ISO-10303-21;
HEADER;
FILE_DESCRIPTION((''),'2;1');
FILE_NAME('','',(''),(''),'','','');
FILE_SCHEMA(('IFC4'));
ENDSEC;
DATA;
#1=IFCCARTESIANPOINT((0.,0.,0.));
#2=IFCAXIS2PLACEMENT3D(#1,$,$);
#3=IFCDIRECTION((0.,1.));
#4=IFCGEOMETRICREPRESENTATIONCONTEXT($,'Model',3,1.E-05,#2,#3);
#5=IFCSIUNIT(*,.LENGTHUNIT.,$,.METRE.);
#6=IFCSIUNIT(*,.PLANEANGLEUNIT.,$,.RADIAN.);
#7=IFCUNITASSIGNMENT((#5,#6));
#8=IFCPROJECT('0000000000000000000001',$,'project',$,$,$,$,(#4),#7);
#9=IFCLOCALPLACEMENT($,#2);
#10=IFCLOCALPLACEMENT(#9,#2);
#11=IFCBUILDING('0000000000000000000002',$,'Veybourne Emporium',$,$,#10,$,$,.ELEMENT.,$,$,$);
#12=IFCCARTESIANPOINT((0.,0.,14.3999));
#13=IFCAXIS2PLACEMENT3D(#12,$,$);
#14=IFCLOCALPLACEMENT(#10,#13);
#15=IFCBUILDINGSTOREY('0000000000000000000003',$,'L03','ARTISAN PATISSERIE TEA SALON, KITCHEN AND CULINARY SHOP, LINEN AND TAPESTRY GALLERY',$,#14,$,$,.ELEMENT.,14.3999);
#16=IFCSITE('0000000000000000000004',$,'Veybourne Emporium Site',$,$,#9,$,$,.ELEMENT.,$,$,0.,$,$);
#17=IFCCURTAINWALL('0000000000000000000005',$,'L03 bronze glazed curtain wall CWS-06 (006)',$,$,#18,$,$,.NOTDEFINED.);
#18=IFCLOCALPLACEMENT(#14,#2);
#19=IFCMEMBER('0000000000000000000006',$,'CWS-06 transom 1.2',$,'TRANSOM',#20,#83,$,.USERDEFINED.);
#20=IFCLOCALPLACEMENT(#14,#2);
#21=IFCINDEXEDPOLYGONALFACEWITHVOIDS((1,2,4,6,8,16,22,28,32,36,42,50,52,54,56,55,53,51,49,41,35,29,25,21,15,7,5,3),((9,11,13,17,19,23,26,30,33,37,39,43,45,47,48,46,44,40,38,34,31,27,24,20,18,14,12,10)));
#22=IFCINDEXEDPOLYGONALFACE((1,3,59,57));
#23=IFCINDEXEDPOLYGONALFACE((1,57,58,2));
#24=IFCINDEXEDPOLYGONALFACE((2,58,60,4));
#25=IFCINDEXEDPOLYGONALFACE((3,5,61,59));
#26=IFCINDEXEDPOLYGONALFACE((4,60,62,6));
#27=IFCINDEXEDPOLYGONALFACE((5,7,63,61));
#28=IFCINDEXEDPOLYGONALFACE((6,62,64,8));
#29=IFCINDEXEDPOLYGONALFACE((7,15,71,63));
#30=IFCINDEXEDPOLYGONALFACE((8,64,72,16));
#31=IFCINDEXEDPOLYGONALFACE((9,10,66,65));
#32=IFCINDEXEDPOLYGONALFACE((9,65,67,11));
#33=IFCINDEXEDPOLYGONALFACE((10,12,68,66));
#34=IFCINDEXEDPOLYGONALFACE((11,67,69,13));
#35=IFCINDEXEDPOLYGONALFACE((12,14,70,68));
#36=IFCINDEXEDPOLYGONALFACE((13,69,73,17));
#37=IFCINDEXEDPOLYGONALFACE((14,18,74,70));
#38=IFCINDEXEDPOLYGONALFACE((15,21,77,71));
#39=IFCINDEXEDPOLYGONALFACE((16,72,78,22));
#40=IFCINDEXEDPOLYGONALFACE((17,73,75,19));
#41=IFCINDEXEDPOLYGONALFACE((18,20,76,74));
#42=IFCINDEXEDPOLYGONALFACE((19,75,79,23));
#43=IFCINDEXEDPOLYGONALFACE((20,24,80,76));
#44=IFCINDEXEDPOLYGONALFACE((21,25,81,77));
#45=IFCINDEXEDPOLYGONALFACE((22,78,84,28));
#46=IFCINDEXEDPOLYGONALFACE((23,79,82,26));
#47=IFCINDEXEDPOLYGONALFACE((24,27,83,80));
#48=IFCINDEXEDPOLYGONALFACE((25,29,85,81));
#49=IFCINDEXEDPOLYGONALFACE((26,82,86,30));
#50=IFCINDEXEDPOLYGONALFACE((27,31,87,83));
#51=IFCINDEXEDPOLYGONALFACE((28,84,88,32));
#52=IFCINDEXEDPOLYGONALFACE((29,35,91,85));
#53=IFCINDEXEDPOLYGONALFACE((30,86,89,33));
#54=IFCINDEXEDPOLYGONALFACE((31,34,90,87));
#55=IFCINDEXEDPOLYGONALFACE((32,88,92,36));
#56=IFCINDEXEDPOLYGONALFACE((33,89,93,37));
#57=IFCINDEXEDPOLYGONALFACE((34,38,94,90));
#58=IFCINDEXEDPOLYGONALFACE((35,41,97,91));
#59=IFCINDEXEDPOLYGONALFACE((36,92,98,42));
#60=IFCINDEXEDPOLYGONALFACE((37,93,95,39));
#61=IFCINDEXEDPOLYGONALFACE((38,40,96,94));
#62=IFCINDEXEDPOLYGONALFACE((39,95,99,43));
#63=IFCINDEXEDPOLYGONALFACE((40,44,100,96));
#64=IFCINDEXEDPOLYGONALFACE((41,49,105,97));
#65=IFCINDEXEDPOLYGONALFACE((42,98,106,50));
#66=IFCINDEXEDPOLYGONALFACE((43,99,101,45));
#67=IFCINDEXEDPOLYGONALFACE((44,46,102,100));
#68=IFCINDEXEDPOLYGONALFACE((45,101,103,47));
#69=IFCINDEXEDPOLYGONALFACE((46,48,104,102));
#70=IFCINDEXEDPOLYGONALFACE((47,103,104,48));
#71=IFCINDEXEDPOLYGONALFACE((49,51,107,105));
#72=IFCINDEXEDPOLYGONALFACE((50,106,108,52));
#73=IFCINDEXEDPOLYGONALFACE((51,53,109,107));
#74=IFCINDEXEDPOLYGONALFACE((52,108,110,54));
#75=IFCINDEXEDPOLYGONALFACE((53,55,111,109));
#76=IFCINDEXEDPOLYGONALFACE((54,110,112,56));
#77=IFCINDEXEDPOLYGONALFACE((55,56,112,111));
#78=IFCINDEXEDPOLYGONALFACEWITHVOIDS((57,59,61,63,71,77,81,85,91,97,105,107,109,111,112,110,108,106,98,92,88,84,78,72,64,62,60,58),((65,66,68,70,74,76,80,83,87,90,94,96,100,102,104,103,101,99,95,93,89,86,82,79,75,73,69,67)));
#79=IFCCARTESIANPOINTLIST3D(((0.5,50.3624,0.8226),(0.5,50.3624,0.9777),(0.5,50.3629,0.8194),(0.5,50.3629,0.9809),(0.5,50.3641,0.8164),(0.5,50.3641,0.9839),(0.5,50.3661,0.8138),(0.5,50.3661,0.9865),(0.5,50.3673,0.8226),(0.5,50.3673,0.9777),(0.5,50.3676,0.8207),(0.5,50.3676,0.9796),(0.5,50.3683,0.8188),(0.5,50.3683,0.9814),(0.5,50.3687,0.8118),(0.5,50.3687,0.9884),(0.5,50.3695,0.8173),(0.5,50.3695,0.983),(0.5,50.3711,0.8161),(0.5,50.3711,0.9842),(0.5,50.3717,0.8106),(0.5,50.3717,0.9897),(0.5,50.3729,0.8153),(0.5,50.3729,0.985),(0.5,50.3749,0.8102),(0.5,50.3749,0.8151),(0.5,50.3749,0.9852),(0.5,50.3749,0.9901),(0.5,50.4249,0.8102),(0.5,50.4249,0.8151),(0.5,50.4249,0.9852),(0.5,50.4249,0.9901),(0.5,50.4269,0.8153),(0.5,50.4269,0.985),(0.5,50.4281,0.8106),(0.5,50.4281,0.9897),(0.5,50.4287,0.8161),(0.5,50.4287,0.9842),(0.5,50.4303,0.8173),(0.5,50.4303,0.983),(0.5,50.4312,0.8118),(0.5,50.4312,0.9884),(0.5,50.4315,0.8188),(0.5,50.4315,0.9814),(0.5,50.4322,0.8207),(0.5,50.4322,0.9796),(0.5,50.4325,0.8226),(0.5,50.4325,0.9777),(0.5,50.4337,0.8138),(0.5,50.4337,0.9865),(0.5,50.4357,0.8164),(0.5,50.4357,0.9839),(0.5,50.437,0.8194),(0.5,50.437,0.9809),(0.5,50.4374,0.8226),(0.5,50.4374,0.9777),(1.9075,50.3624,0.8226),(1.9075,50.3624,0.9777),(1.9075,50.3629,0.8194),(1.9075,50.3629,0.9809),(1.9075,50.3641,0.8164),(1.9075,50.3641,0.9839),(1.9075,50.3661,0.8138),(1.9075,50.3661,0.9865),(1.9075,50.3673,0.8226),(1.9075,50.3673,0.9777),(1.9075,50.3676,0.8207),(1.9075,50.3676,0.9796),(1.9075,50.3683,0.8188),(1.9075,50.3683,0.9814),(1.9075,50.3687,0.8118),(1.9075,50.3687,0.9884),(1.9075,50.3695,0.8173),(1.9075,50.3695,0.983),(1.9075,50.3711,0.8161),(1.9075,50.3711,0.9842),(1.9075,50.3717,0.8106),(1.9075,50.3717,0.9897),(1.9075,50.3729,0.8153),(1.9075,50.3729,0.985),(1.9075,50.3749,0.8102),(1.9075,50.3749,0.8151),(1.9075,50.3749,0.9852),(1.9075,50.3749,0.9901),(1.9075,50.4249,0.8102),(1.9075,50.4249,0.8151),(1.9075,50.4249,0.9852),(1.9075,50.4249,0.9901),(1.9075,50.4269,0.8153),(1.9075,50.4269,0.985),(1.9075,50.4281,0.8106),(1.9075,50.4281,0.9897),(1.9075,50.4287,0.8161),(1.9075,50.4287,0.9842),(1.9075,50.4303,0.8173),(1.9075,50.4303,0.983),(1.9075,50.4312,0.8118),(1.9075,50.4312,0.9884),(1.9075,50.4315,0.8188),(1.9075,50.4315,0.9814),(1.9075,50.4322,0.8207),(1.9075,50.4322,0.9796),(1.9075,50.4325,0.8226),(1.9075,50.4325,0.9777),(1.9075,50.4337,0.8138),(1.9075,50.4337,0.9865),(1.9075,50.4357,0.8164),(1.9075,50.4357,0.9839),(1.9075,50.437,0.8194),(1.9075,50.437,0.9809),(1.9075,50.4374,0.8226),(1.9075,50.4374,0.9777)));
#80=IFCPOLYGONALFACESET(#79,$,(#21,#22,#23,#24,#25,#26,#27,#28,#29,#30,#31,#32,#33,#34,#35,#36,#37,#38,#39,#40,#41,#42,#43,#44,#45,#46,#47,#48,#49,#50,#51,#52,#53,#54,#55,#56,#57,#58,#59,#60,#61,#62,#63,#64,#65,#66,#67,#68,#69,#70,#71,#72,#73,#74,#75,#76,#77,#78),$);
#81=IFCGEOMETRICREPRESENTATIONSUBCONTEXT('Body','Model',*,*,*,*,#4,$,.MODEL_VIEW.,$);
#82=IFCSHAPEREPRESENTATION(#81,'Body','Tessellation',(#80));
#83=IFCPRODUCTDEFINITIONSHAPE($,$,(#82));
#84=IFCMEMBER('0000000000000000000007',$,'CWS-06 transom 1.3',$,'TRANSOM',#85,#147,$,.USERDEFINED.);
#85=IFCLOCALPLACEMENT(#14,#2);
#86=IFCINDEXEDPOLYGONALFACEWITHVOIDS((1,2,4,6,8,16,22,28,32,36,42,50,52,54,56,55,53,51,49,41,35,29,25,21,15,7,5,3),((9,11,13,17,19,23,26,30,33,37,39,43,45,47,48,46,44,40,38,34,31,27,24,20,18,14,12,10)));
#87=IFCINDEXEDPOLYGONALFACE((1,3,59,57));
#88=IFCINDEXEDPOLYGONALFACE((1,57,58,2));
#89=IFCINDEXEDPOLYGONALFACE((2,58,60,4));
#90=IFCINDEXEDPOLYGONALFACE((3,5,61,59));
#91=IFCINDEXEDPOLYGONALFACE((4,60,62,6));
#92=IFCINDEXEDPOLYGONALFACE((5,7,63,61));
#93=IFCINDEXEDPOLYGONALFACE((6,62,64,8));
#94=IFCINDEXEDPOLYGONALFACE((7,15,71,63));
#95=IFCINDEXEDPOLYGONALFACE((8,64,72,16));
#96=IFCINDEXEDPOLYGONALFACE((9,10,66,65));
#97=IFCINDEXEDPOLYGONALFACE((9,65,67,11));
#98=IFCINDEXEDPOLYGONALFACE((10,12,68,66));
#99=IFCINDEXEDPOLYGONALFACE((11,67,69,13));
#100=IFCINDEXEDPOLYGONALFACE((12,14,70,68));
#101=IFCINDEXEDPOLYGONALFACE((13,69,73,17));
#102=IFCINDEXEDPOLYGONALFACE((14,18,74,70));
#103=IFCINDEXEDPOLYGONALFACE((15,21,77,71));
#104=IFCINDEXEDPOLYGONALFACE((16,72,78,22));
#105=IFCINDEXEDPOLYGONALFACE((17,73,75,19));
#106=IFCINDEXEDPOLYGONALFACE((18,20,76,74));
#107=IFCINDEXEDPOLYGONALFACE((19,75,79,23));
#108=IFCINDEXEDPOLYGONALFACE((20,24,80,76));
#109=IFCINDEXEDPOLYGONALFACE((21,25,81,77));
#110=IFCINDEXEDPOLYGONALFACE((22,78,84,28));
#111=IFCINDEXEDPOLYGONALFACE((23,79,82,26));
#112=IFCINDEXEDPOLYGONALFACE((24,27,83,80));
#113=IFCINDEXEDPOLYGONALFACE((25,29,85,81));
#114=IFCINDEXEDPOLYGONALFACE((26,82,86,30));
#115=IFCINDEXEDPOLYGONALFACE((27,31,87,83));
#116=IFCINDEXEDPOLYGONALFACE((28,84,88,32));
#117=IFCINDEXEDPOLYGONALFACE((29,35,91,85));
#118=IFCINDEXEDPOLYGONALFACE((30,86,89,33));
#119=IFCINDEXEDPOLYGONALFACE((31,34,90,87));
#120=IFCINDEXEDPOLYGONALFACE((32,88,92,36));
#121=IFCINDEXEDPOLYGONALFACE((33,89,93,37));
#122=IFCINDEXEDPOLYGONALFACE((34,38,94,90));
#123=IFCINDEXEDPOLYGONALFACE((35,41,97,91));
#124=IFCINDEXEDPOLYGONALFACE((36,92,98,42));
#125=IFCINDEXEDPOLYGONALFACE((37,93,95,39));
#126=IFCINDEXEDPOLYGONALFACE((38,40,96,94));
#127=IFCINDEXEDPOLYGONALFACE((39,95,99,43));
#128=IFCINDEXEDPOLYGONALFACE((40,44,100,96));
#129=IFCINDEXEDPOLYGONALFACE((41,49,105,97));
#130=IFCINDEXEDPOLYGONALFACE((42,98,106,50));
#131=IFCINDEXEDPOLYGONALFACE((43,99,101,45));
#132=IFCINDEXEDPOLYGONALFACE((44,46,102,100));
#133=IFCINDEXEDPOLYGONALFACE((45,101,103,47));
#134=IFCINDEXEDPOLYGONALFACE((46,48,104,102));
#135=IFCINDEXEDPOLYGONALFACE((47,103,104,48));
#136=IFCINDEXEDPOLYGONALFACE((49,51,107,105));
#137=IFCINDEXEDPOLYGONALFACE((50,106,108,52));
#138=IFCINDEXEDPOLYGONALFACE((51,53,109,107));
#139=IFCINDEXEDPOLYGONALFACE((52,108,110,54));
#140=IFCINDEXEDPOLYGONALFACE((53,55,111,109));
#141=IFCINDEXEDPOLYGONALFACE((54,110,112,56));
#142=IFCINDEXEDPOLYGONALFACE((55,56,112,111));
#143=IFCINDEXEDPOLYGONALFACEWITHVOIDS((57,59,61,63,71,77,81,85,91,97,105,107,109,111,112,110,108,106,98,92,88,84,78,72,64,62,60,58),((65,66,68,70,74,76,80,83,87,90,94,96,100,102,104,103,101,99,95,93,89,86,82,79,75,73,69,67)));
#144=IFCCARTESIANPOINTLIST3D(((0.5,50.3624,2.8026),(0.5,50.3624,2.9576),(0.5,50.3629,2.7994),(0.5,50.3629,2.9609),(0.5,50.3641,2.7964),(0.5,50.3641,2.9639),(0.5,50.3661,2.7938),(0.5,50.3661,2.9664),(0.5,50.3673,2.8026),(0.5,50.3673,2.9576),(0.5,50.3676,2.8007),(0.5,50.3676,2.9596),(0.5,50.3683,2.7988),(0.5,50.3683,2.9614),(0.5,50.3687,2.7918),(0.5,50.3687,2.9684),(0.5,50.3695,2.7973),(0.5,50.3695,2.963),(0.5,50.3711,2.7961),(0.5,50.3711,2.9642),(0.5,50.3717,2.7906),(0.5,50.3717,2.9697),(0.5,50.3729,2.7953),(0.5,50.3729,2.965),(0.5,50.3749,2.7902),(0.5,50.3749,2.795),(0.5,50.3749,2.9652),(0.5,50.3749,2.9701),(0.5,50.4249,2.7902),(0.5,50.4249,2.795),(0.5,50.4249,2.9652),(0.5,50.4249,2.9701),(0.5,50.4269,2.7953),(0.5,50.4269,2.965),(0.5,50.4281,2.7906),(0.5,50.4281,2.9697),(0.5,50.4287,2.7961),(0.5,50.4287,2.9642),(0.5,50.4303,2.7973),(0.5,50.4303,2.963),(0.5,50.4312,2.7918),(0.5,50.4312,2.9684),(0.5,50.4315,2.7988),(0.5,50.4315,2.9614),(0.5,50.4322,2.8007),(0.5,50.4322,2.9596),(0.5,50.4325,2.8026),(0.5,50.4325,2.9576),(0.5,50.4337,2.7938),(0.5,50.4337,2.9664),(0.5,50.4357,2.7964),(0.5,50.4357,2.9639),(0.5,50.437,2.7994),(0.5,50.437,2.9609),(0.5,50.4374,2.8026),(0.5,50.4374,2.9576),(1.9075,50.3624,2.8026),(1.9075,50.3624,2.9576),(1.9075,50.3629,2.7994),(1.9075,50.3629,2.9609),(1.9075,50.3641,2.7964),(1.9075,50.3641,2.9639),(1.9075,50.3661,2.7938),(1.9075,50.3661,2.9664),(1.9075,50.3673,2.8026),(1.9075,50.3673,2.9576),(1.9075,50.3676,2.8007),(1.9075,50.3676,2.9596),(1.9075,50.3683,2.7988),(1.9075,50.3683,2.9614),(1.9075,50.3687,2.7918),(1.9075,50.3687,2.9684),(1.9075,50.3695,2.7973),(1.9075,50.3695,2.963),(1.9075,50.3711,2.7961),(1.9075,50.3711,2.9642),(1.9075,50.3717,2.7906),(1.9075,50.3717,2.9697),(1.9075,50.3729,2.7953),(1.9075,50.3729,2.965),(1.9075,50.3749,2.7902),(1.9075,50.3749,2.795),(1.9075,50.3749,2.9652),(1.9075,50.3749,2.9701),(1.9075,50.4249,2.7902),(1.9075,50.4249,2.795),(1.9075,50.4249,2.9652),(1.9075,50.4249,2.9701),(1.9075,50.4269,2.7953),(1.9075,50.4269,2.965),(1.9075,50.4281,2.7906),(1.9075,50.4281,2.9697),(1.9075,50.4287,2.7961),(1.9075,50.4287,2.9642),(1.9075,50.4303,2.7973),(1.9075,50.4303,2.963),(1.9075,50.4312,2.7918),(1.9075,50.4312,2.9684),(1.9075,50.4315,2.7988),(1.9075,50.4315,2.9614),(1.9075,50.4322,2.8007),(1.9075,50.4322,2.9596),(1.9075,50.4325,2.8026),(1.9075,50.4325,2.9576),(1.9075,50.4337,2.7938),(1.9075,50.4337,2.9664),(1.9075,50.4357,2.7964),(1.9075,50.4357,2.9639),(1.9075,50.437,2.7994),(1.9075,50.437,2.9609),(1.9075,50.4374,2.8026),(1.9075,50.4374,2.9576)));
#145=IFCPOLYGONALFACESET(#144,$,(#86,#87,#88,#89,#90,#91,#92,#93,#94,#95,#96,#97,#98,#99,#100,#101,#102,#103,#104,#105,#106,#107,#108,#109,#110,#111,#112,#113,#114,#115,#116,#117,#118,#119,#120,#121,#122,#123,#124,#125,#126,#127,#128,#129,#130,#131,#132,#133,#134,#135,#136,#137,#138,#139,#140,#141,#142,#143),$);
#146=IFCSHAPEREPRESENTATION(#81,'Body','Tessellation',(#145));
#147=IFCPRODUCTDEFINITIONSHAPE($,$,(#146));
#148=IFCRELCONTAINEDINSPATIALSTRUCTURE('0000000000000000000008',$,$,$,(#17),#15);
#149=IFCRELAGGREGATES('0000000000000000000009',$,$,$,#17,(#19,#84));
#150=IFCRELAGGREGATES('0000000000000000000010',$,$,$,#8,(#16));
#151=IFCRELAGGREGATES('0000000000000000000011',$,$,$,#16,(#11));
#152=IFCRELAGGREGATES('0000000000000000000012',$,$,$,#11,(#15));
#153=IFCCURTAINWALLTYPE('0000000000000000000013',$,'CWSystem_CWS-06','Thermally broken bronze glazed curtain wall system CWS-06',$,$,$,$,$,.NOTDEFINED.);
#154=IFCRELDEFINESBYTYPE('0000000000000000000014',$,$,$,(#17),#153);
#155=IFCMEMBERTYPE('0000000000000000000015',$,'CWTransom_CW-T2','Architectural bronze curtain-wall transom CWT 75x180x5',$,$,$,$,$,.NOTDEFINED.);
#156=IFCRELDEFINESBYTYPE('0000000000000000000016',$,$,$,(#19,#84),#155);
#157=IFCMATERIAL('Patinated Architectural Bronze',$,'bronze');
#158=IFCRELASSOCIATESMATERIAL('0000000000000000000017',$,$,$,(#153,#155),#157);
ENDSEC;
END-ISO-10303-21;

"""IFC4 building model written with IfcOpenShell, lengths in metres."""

from ifc_helpers import new_model, si_unit, direction, frame, origin, origin_2d, place, context, subcontext, project, spatial, hollow_rectangle, extrude, material, material_profile, profile_set, type_object, element, aggregate, save


model = new_model("IFC4")

# Units and contexts
model_context = context("Model", 3, precision=1e-05, world=origin(), true_north=direction((0.0, 1.0)))
body_context = subcontext(model_context, "Body", "Model", "MODEL_VIEW")
ifc_project = project(units=[si_unit("LENGTHUNIT", "METRE"), si_unit("PLANEANGLEUNIT", "RADIAN")], contexts=[model_context])

# Site, building, storey
site_placement = place(None, origin())
site = spatial("IfcSite", under=ifc_project, at=site_placement, Name="Veybourne Emporium Site", CompositionType="ELEMENT", RefElevation=0.0)
building_placement = place(site_placement, origin())
building = spatial("IfcBuilding", under=site, at=building_placement, Name="Veybourne Emporium", CompositionType="ELEMENT")
storey_placement = place(building_placement, frame((0.0, 0.0, 14.3999)))
storey = spatial("IfcBuildingStorey", under=building, at=storey_placement, Name="L03", Description="ARTISAN PATISSERIE TEA SALON, KITCHEN AND CULINARY SHOP, LINEN AND TAPESTRY GALLERY", CompositionType="ELEMENT", Elevation=14.3999)

# Curtain wall, members
ifc_material_1 = material(Name="Patinated Architectural Bronze", Category="bronze")
curtain_wall_type = type_object("IfcCurtainWallType", Name="CWSystem_CWS-06", Description="Thermally broken bronze glazed curtain wall system CWS-06", PredefinedType="NOTDEFINED", material=ifc_material_1)
curtain_wall_placement = place(storey_placement, origin())
curtain_wall = element("IfcCurtainWall", 1, at=curtain_wall_placement, inside=storey, type_object=curtain_wall_type, Name="L03 bronze glazed curtain wall CWS-06 (006)", PredefinedType="NOTDEFINED")
ifc_material_profile_1 = material_profile(ifc_material_1, hollow_rectangle(XDim=0.075, YDim=0.1799, WallThickness=0.0049, InnerFilletRadius=0.0076, OuterFilletRadius=0.0125, at=origin_2d()), Name="CWT 75x180x5")
ifc_profile_set_1 = profile_set([ifc_material_profile_1], Name="Patinated Architectural Bronze")
member_type_1 = type_object("IfcMemberType", Name="CWTransom_CW-T2", Description="Architectural bronze curtain-wall transom CWT 75x180x5", PredefinedType="NOTDEFINED", material=ifc_profile_set_1)
member_1_placement = place(storey_placement, frame((0.5, 50.3999, 0.9001), z_axis=(1.0, 0.0, 0.0), x_axis=(0.0, 1.0, 0.0)))
member_1 = element("IfcMember", 2, at=member_1_placement, type_object=member_type_1, Name="CWS-06 transom 1.2", ObjectType="TRANSOM", PredefinedType="USERDEFINED", context=body_context, shape_type="SweptSolid", body=[
    extrude(hollow_rectangle(XDim=0.075, YDim=0.1799, WallThickness=0.0049, InnerFilletRadius=0.0076, OuterFilletRadius=0.0125, at=origin_2d()), origin(), (0.0, 0.0, 1.0), 1.4075),
])
member_2_placement = place(storey_placement, frame((0.5, 50.3999, 2.8801), z_axis=(1.0, 0.0, 0.0), x_axis=(0.0, 1.0, 0.0)))
member_2 = element("IfcMember", 3, at=member_2_placement, type_object=member_type_1, Name="CWS-06 transom 1.3", ObjectType="TRANSOM", PredefinedType="USERDEFINED", context=body_context, shape_type="SweptSolid", body=[
    extrude(hollow_rectangle(XDim=0.075, YDim=0.1799, WallThickness=0.0049, InnerFilletRadius=0.0076, OuterFilletRadius=0.0125, at=origin_2d()), origin(), (0.0, 0.0, 1.0), 1.4075),
])
aggregate(curtain_wall, [member_1, member_2])

save(model, "model.ifc")
